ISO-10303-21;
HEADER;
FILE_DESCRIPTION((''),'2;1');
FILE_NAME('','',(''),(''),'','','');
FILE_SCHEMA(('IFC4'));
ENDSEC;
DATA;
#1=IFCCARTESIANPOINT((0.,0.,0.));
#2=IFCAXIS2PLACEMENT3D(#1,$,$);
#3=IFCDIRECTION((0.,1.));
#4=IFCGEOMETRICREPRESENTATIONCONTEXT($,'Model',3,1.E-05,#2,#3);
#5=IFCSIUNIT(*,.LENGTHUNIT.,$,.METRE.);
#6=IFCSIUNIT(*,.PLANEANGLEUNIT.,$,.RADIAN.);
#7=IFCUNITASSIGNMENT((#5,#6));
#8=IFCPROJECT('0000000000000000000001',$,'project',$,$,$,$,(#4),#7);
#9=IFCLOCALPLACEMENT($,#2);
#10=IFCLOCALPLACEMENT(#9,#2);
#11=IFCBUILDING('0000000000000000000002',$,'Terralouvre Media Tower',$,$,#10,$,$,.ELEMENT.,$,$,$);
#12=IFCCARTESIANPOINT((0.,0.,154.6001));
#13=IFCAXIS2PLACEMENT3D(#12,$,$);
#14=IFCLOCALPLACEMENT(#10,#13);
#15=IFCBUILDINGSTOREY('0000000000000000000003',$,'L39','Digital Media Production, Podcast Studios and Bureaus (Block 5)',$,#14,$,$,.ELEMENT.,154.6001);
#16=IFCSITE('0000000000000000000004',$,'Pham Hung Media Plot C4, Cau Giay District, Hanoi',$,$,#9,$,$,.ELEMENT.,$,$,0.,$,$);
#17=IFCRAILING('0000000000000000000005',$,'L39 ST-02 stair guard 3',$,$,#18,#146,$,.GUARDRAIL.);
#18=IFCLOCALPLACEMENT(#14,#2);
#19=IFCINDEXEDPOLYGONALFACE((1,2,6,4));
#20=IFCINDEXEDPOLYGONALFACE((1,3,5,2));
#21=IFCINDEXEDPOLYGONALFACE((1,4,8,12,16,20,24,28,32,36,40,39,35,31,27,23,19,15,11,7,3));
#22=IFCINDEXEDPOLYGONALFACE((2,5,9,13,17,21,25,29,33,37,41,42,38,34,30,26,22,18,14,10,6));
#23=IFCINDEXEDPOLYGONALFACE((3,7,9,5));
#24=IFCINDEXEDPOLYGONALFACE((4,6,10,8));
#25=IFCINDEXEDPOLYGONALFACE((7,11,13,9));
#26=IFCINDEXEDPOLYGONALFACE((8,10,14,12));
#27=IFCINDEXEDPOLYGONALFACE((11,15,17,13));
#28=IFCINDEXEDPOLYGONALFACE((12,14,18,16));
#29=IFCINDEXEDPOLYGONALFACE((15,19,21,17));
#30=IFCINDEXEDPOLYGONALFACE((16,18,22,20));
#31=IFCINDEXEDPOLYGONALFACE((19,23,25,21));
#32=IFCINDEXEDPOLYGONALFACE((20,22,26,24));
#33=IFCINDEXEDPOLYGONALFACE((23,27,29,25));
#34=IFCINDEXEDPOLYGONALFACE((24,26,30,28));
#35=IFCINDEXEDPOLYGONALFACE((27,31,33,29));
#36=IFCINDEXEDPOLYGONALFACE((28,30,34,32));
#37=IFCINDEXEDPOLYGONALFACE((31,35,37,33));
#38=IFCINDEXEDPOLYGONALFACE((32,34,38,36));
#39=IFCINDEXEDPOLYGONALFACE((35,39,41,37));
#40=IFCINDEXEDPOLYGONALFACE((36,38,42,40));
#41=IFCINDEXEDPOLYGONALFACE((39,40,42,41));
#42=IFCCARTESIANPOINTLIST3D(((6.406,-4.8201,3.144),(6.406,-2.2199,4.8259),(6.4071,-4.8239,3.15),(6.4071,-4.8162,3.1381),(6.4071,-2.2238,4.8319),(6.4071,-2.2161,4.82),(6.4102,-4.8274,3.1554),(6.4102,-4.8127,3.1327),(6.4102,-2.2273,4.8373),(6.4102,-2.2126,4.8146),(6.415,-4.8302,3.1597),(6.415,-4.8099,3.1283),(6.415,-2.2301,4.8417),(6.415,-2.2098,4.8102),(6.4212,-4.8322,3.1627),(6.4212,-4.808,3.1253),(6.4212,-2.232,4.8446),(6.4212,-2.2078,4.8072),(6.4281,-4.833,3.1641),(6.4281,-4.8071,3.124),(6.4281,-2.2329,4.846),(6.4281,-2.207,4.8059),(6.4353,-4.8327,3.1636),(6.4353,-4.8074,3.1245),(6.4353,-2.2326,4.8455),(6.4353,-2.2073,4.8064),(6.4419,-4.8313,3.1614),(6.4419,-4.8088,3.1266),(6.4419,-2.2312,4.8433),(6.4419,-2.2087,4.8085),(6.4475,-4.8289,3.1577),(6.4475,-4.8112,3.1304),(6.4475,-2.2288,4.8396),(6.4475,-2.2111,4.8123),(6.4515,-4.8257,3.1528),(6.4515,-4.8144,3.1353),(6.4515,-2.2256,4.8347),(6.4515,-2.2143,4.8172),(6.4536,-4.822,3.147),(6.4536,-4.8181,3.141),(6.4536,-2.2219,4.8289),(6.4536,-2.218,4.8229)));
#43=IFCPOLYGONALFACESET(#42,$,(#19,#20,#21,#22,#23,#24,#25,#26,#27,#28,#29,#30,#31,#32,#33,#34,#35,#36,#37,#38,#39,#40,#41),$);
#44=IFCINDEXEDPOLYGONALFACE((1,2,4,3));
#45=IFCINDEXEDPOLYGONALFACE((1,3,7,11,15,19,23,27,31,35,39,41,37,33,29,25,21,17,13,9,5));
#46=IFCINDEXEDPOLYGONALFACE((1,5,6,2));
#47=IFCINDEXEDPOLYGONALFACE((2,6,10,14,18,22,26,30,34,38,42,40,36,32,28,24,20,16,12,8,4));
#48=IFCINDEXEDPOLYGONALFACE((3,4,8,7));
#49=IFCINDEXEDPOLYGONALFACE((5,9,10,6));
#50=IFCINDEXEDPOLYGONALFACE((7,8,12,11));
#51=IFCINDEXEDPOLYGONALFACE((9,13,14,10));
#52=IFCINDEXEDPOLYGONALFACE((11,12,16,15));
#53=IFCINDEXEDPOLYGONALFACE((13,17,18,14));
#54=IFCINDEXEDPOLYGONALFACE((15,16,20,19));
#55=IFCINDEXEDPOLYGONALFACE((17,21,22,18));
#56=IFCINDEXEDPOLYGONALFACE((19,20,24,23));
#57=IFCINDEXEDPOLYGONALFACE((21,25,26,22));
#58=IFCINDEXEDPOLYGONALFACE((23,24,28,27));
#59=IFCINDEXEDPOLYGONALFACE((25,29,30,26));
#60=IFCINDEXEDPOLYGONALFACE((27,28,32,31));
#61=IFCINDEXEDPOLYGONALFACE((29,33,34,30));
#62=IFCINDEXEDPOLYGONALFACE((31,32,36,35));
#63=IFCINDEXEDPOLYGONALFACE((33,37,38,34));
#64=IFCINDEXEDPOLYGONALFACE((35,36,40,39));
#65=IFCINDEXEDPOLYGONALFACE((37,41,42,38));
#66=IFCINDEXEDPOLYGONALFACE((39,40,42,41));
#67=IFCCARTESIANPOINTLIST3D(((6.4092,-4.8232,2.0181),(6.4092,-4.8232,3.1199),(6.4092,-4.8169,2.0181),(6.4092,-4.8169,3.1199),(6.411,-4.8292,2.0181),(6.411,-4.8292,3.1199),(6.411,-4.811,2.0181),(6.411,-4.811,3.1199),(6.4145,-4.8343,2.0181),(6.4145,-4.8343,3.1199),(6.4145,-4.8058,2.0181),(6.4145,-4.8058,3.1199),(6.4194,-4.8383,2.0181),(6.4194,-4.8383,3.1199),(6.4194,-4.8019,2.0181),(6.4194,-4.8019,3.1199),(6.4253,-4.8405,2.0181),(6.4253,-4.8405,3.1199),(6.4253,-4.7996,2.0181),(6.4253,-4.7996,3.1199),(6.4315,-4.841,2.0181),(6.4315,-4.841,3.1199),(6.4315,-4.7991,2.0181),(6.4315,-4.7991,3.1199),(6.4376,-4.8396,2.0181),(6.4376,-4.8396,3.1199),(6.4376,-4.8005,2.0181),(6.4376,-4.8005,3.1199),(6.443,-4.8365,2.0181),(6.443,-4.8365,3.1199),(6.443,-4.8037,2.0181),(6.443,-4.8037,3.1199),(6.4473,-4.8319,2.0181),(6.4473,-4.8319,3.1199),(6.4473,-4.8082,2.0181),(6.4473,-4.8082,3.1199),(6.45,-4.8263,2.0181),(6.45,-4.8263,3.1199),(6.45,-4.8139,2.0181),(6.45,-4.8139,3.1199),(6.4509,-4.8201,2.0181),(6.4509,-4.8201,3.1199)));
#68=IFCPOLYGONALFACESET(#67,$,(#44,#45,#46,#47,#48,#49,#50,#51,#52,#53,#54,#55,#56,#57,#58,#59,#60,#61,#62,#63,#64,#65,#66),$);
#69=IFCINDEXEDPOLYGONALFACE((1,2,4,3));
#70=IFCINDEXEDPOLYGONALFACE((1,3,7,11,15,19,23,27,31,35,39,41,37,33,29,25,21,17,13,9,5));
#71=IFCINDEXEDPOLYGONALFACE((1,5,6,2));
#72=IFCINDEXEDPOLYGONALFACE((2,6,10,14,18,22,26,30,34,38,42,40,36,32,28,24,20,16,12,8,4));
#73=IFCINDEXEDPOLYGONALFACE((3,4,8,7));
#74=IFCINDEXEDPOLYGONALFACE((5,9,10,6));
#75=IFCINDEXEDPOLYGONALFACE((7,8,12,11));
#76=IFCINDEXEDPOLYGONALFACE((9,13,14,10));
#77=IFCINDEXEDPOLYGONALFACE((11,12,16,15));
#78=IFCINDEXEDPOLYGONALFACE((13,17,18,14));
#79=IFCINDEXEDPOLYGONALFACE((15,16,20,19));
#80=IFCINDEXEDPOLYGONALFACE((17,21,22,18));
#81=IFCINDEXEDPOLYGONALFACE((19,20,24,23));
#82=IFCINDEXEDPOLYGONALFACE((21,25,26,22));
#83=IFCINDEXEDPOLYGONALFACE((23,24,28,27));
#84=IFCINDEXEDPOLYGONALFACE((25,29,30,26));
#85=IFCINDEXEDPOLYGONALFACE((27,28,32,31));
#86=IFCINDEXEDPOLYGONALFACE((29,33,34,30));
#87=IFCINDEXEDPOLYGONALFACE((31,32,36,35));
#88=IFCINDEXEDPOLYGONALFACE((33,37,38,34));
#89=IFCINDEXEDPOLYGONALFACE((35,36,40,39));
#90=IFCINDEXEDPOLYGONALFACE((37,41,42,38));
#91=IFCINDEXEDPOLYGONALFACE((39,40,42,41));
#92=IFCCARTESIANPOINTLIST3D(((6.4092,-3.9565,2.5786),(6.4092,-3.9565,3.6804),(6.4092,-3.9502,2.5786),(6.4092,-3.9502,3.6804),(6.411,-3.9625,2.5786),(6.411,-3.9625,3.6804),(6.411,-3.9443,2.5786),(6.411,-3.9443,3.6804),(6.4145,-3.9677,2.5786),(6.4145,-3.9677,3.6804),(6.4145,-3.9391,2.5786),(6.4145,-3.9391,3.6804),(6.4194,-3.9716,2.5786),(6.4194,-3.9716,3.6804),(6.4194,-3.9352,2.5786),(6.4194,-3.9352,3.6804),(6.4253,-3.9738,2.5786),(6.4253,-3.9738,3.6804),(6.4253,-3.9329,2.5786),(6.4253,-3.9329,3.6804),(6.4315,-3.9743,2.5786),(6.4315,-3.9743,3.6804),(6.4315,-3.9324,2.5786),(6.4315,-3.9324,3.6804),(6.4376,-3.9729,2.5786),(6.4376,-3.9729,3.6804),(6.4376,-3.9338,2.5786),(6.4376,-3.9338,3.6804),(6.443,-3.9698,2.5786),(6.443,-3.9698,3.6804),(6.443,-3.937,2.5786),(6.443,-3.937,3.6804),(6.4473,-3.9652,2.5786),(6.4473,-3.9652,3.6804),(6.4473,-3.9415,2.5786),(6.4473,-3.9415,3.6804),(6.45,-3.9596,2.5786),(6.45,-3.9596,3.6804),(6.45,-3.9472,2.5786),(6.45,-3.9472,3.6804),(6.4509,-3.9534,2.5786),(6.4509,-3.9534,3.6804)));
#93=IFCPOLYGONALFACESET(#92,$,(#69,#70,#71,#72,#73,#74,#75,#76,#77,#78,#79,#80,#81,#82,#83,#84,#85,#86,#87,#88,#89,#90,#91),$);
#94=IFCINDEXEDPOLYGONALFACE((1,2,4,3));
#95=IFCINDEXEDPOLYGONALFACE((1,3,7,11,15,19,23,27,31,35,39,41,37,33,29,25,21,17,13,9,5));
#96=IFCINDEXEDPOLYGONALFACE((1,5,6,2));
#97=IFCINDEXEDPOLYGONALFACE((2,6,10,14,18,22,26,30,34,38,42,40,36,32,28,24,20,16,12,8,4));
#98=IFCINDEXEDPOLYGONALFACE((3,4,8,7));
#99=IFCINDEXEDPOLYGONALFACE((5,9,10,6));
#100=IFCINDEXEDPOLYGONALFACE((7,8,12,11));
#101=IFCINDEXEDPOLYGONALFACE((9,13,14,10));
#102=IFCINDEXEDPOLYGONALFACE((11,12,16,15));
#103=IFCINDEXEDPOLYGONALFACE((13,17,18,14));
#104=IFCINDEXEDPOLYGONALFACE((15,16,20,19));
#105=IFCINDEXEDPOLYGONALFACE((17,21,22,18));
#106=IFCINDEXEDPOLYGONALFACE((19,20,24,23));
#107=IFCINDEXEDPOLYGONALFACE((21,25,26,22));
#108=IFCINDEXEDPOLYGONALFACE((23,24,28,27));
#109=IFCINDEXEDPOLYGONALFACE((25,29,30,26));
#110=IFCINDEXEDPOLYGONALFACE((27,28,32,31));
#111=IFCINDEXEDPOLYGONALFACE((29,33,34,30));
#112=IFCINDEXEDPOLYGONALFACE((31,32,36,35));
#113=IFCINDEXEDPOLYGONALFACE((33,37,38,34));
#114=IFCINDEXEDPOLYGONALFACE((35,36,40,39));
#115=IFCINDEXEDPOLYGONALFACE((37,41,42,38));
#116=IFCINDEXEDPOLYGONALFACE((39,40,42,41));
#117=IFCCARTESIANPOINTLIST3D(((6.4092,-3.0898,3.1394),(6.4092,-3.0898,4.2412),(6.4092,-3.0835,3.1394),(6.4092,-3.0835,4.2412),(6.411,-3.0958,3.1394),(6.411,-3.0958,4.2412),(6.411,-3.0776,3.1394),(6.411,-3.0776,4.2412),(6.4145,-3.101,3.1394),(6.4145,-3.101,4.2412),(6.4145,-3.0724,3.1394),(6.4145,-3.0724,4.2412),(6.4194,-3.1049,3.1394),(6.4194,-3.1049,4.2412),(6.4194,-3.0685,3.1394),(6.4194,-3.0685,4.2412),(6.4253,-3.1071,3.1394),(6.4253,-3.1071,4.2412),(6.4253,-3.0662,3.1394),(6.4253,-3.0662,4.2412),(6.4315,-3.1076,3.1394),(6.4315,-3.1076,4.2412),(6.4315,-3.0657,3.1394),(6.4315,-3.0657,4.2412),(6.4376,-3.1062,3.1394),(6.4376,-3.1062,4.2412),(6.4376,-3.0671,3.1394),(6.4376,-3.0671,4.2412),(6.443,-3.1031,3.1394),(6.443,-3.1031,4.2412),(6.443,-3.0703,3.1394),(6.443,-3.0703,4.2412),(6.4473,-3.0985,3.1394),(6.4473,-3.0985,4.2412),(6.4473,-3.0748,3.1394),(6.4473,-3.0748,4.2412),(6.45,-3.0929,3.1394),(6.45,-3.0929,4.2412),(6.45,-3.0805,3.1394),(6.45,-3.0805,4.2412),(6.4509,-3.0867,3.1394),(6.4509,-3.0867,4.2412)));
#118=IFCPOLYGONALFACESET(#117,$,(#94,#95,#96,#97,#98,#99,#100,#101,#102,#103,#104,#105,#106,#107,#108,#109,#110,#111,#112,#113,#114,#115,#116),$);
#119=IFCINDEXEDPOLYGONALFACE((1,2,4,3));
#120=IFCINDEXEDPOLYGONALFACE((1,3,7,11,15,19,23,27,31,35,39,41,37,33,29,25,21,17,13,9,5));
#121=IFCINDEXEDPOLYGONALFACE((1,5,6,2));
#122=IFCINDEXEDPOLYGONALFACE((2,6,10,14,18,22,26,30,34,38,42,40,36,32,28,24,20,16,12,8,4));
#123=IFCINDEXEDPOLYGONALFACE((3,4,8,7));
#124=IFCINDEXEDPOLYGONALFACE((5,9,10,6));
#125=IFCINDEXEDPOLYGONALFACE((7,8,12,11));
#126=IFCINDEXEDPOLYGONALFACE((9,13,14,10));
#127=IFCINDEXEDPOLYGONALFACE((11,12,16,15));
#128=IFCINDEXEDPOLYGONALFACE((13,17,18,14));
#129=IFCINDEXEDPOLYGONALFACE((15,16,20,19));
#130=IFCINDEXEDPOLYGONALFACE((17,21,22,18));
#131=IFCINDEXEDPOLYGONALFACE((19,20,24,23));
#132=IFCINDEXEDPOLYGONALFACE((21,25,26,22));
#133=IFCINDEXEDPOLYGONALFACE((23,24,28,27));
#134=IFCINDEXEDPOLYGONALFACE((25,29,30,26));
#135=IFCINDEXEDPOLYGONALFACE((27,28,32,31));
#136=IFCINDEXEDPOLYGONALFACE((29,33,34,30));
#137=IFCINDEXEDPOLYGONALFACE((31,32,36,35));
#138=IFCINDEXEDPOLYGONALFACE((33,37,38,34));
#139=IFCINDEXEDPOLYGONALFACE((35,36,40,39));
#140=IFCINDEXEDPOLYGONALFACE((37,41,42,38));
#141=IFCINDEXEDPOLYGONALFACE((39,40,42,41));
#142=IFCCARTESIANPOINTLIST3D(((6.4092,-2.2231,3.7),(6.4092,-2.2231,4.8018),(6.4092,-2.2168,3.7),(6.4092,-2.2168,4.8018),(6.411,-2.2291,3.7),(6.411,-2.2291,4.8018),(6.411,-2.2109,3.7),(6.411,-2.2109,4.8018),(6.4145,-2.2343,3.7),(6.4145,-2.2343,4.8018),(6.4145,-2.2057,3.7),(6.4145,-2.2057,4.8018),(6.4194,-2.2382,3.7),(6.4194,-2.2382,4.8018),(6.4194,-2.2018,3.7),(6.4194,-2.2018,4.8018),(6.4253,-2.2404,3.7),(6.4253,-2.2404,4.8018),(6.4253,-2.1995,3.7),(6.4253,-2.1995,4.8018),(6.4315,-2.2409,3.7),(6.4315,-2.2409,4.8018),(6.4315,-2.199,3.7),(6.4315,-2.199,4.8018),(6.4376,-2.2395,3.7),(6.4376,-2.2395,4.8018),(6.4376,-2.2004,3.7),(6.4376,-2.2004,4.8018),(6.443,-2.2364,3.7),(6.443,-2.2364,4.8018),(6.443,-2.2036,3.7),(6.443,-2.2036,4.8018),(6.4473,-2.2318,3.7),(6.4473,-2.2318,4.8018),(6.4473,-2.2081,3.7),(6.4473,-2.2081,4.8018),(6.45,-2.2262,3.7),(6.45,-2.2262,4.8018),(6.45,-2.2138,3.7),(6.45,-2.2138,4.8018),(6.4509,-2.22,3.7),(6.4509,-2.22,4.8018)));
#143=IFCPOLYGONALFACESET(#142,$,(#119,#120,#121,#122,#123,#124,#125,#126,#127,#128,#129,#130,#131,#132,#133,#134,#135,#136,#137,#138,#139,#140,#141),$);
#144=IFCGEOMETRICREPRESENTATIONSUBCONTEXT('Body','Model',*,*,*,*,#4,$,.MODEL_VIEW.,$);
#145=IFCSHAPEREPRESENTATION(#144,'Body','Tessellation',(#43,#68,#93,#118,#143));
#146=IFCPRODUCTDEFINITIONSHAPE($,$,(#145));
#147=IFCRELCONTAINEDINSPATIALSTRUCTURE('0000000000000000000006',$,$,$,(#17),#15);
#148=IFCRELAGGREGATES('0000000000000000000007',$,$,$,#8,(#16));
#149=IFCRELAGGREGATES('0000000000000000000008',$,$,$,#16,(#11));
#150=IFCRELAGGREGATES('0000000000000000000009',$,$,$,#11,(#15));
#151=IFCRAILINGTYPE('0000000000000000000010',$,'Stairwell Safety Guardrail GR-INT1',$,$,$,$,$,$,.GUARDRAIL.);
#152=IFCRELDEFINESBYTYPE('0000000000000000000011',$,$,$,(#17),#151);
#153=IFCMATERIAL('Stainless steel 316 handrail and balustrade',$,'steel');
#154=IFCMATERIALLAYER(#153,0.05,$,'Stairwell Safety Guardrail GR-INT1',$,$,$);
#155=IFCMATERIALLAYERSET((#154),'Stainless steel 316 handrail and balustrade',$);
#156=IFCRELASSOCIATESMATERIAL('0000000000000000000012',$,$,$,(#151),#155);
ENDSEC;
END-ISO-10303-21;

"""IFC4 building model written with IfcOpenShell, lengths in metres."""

from ifc_helpers import new_model, si_unit, direction, frame, origin, origin_2d, place, context, subcontext, project, spatial, circle, extrude, material, layer, layer_set, type_object, element, save


model = new_model("IFC4")

# Units and contexts
model_context = context("Model", 3, precision=1e-05, world=origin(), true_north=direction((0.0, 1.0)))
body_context = subcontext(model_context, "Body", "Model", "MODEL_VIEW")
ifc_project = project(units=[si_unit("LENGTHUNIT", "METRE"), si_unit("PLANEANGLEUNIT", "RADIAN")], contexts=[model_context])

# Site, building, storey
site_placement = place(None, origin())
site = spatial("IfcSite", under=ifc_project, at=site_placement, Name="Pham Hung Media Plot C4, Cau Giay District, Hanoi", CompositionType="ELEMENT", RefElevation=0.0)
building_placement = place(site_placement, origin())
building = spatial("IfcBuilding", under=site, at=building_placement, Name="Terralouvre Media Tower", CompositionType="ELEMENT")
storey_placement = place(building_placement, frame((0.0, 0.0, 154.6001)))
storey = spatial("IfcBuildingStorey", under=building, at=storey_placement, Name="L39", Description="Digital Media Production, Podcast Studios and Bureaus (Block 5)", CompositionType="ELEMENT", Elevation=154.6001)

# Railing
ifc_material_1 = material(Name="Stainless steel 316 handrail and balustrade", Category="steel")
ifc_layer_1 = layer(ifc_material_1, 0.05, Name="Stairwell Safety Guardrail GR-INT1")
ifc_layer_set_1 = layer_set([ifc_layer_1], Name="Stainless steel 316 handrail and balustrade")
railing_type_1 = type_object("IfcRailingType", Name="Stairwell Safety Guardrail GR-INT1", PredefinedType="GUARDRAIL", material=ifc_layer_set_1)
railing_1_placement = place(storey_placement, frame((6.4299, -4.8201, 2.0181)))
element("IfcRailing", 1, at=railing_1_placement, inside=storey, type_object=railing_type_1, Name="L39 ST-02 stair guard 3", PredefinedType="GUARDRAIL", context=body_context, shape_type="SweptSolid", body=[
    extrude(circle(Radius=0.0239, at=origin_2d()), frame((0.0, 0.0, 1.126), z_axis=(0.0, 0.839648, 0.54313), x_axis=(-1.0, 0.0, 0.0)), (0.0, 0.0, 1.0), 3.0967),
    extrude(circle(Radius=0.021, at=origin_2d()), origin(), (0.0, 0.0, 1.0), 1.1018),
    extrude(circle(Radius=0.021, at=origin_2d()), frame((0.0, 0.8667, 0.5605)), (0.0, 0.0, 1.0), 1.1018),
    extrude(circle(Radius=0.021, at=origin_2d()), frame((0.0, 1.7334, 1.1213)), (0.0, 0.0, 1.0), 1.1018),
    extrude(circle(Radius=0.021, at=origin_2d()), frame((0.0, 2.6001, 1.6819)), (0.0, 0.0, 1.0), 1.1018),
])

save(model, "model.ifc")
